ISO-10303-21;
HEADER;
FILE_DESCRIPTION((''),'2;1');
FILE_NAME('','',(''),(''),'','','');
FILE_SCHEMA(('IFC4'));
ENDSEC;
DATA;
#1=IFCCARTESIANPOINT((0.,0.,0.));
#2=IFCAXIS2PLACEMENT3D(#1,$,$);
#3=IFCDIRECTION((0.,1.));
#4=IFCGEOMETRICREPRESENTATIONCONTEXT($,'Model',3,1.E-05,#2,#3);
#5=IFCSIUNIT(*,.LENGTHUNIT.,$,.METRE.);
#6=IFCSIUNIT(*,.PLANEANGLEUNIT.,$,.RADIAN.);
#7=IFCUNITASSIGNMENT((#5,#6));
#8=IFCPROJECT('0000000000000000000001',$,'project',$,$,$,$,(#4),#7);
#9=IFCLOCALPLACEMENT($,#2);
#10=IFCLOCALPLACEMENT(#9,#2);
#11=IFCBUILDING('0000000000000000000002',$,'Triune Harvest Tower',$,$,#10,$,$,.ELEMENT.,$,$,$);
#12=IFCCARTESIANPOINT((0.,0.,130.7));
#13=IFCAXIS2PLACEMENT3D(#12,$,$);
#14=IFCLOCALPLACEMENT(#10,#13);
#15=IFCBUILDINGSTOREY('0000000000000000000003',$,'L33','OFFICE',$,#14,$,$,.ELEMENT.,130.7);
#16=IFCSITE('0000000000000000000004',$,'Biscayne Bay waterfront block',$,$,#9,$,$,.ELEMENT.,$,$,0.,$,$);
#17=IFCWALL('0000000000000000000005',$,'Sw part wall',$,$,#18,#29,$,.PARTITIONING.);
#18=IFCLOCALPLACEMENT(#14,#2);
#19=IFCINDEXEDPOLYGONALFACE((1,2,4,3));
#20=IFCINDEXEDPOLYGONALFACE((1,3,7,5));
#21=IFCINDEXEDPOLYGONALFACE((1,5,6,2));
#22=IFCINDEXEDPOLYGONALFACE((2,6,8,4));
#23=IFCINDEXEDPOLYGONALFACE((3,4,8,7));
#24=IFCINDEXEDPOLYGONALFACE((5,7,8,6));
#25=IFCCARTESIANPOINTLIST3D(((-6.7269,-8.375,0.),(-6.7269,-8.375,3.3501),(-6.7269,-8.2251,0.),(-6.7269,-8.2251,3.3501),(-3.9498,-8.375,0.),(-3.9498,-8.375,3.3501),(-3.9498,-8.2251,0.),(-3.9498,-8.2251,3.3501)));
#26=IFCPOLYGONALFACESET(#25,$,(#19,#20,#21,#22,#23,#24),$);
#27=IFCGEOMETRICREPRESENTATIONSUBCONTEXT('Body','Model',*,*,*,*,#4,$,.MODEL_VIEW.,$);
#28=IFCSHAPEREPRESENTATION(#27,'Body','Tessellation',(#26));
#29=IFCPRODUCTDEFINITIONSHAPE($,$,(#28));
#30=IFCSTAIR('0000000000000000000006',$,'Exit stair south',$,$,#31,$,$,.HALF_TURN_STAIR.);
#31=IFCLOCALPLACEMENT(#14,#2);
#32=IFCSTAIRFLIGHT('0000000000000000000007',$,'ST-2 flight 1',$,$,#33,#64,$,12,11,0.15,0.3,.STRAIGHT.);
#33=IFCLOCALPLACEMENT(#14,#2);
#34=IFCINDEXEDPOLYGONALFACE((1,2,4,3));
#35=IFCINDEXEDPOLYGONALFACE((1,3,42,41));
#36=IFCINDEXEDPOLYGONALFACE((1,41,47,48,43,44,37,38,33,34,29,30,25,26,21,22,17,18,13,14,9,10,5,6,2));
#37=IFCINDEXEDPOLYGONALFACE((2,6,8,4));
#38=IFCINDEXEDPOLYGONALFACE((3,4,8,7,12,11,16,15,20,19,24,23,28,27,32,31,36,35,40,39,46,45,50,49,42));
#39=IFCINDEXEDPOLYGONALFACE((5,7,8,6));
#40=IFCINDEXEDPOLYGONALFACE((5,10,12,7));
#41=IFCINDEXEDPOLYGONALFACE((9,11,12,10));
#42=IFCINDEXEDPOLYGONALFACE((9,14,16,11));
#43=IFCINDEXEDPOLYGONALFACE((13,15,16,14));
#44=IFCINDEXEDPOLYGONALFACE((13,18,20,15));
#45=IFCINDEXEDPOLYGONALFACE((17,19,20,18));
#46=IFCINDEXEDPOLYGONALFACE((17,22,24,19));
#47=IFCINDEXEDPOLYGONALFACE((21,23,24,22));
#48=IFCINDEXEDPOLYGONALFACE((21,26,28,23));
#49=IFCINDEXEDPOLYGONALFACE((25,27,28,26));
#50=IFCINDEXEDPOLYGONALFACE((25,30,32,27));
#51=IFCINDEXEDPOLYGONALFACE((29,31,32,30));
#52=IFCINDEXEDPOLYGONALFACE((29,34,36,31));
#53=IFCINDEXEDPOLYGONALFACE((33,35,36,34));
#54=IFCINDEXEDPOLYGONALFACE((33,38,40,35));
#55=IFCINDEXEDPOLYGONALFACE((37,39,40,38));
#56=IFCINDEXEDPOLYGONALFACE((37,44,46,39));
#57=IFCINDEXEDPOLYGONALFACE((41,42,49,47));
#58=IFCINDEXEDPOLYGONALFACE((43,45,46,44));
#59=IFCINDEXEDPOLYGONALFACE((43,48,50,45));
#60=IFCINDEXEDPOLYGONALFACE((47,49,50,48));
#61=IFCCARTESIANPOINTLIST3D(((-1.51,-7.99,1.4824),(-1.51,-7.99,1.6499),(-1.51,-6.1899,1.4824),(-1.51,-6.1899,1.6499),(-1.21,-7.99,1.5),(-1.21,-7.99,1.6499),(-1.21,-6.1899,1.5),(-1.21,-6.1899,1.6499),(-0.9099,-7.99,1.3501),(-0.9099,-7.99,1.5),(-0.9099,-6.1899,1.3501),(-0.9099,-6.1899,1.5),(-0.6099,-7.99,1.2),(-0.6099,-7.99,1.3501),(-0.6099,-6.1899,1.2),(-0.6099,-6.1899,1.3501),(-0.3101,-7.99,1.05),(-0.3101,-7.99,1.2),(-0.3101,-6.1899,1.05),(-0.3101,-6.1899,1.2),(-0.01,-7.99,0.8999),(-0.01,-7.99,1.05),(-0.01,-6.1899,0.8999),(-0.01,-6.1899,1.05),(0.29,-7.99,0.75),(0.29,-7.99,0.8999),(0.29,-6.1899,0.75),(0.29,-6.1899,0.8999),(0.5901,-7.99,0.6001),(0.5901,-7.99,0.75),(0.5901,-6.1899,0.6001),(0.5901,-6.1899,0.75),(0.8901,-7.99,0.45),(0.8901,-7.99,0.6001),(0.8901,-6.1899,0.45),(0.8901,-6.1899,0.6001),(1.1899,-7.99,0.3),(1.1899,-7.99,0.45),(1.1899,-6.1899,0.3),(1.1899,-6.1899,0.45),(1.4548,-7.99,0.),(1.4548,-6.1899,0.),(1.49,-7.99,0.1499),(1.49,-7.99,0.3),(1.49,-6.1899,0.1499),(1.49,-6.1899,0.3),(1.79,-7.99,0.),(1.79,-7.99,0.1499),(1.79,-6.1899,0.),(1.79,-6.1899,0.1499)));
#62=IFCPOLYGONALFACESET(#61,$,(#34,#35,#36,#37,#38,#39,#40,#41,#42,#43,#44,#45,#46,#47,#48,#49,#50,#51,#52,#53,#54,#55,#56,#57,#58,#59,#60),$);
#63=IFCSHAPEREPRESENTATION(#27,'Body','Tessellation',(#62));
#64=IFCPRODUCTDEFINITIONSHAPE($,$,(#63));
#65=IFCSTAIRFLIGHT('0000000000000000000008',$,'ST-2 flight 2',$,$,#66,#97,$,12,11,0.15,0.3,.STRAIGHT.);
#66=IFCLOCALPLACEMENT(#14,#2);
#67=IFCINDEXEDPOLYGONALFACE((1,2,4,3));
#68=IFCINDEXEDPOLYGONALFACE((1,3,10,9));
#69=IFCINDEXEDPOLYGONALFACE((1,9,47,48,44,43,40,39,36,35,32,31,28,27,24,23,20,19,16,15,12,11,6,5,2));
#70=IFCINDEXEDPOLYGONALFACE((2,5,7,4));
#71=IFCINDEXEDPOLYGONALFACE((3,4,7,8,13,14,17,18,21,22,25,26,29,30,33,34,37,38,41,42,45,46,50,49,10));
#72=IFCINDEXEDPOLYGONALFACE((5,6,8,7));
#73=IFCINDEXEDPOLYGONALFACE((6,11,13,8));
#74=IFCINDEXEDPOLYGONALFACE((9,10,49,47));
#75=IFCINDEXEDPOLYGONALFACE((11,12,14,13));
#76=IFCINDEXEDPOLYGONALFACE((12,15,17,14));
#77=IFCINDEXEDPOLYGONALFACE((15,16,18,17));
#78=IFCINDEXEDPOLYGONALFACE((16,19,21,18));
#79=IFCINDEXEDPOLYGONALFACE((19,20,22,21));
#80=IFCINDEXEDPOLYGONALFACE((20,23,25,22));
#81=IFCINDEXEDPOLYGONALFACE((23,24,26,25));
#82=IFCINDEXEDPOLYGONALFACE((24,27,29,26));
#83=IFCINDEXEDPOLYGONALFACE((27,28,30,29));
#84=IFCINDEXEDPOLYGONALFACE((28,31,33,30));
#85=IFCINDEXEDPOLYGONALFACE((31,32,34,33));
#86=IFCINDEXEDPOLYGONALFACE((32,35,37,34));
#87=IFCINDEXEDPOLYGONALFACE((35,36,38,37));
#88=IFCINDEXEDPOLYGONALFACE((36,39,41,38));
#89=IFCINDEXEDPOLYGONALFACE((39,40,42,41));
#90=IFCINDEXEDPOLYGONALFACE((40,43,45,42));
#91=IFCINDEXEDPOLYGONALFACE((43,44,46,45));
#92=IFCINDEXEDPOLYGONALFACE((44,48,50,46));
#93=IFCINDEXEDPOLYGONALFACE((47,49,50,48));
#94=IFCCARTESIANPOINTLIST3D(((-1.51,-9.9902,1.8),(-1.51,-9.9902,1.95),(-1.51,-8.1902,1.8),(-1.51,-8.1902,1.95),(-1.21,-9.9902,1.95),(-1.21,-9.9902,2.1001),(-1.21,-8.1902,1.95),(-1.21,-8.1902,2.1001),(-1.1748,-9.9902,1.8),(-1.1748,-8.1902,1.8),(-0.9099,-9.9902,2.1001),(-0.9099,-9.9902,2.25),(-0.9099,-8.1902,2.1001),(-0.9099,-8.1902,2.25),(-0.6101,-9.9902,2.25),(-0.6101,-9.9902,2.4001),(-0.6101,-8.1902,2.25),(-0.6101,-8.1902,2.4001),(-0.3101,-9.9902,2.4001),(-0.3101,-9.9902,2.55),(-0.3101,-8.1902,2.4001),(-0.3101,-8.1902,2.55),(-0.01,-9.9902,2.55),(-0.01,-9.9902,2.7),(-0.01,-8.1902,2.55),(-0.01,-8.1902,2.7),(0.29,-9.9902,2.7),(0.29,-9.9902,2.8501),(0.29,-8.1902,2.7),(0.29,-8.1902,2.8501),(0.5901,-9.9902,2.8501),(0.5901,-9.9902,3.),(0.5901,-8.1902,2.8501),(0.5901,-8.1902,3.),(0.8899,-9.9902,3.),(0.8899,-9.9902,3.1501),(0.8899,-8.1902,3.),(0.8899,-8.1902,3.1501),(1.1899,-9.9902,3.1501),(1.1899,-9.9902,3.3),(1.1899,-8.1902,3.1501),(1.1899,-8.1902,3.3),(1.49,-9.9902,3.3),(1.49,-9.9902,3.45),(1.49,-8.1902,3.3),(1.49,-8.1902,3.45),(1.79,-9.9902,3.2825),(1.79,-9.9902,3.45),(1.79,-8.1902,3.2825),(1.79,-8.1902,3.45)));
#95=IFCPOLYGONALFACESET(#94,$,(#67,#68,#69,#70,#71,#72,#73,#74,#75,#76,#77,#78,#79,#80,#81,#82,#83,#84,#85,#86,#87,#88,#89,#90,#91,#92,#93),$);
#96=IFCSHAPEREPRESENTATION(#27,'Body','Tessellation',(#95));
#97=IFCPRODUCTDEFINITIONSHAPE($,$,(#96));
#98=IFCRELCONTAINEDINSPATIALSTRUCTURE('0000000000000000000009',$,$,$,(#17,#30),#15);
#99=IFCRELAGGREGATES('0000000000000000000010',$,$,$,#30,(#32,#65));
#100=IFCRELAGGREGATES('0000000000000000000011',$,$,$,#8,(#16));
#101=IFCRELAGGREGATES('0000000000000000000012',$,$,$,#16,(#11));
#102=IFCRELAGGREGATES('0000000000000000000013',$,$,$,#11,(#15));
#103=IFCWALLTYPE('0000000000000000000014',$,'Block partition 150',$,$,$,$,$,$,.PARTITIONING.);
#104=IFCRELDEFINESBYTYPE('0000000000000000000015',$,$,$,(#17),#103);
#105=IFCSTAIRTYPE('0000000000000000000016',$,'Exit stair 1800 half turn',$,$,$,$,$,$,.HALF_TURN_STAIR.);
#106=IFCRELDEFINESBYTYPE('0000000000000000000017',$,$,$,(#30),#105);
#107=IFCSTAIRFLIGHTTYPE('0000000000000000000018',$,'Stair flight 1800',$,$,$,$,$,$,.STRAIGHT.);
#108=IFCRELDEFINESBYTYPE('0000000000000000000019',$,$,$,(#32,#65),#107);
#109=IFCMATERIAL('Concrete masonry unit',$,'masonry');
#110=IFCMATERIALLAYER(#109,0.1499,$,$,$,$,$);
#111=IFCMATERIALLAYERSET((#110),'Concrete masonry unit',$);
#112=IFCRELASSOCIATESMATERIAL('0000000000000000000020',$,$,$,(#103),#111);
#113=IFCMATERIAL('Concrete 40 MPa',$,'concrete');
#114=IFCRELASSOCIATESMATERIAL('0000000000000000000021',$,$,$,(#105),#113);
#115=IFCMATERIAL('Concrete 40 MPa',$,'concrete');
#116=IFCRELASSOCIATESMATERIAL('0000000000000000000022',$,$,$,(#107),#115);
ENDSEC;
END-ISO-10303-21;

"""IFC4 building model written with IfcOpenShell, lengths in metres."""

from ifc_helpers import new_model, si_unit, direction, frame, frame_2d, origin, place, context, subcontext, project, spatial, polyline, rectangle, outline, extrude, source, transform, mapped, material, layer, layer_set, type_object, element, aggregate, save


model = new_model("IFC4")

# Units and contexts
model_context = context("Model", 3, precision=1e-05, world=origin(), true_north=direction((0.0, 1.0)))
body_context = subcontext(model_context, "Body", "Model", "MODEL_VIEW")
ifc_project = project(units=[si_unit("LENGTHUNIT", "METRE"), si_unit("PLANEANGLEUNIT", "RADIAN")], contexts=[model_context])

# Site, building, storey
site_placement = place(None, origin())
site = spatial("IfcSite", under=ifc_project, at=site_placement, Name="Biscayne Bay waterfront block", CompositionType="ELEMENT", RefElevation=0.0)
building_placement = place(site_placement, origin())
building = spatial("IfcBuilding", under=site, at=building_placement, Name="Triune Harvest Tower", CompositionType="ELEMENT")
storey_placement = place(building_placement, frame((0.0, 0.0, 130.7)))
storey = spatial("IfcBuildingStorey", under=building, at=storey_placement, Name="L33", Description="OFFICE", CompositionType="ELEMENT", Elevation=130.7)

# Wall
ifc_material_1 = material(Name="Concrete masonry unit", Category="masonry")
ifc_layer_1 = layer(ifc_material_1, 0.1499)
ifc_layer_set_1 = layer_set([ifc_layer_1], Name="Concrete masonry unit")
wall_type_1 = type_object("IfcWallType", Name="Block partition 150", PredefinedType="PARTITIONING", material=ifc_layer_set_1)
shared_shape_1 = source(origin(), body_context, "Body", "SweptSolid", [
    extrude(rectangle(XDim=2.7771, YDim=0.1499, at=frame_2d((1.3887, 0.0))), origin(), (0.0, 0.0, 1.0), 3.3501),
])
wall_1_placement = place(storey_placement, frame((-6.7271, -8.3, 0.0), z_axis=(0.0, 0.0, 1.0), x_axis=(1.0, 0.0, 0.0)))
element("IfcWall", 1, at=wall_1_placement, inside=storey, type_object=wall_type_1, Name="Sw part wall", PredefinedType="PARTITIONING", context=body_context, shape_type="MappedRepresentation", body=[
    mapped(shared_shape_1, transform((0.0, 0.0, 0.0), scale=1.0)),
])

# Stair, stair flights
ifc_material_2 = material(Name="Concrete 40 MPa", Category="concrete")
stair_type = type_object("IfcStairType", Name="Exit stair 1800 half turn", PredefinedType="HALF_TURN_STAIR", material=ifc_material_2)
stair_placement = place(storey_placement, origin())
stair = element("IfcStair", 2, at=stair_placement, inside=storey, type_object=stair_type, Name="Exit stair south", PredefinedType="HALF_TURN_STAIR")
ifc_material_3 = material(Name="Concrete 40 MPa", Category="concrete")
stair_flight_type = type_object("IfcStairFlightType", Name="Stair flight 1800", PredefinedType="STRAIGHT", material=ifc_material_3)
shared_shape_2 = source(origin(), body_context, "Body", "SweptSolid", [
    extrude(outline(polyline([(0.0, 0.0), (0.0, 0.1499), (0.3, 0.1499), (0.3, 0.3), (0.6001, 0.3), (0.6001, 0.45), (0.8999, 0.45), (0.8999, 0.6001), (1.2, 0.6001), (1.2, 0.75), (1.5, 0.75), (1.5, 0.8999), (1.8, 0.8999), (1.8, 1.05), (2.1001, 1.05), (2.1001, 1.2), (2.3999, 1.2), (2.3999, 1.3501), (2.7, 1.3501), (2.7, 1.5), (3.0, 1.5), (3.0, 1.6499), (3.3, 1.6499), (3.3, 1.8), (3.3, 1.4824), (0.3352, 0.0), (0.0, 0.0)])), frame((0.0, 0.8999, 0.0), z_axis=(0.0, -1.0, 0.0), x_axis=(1.0, 0.0, 0.0)), (0.0, 0.0, 1.0), 1.8),
])
stair_flight_1_placement = place(storey_placement, frame((1.79, -7.0901, 0.0), z_axis=(0.0, 0.0, 1.0), x_axis=(-1.0, 0.0, 0.0)))
stair_flight_1 = element("IfcStairFlight", 3, at=stair_flight_1_placement, type_object=stair_flight_type, Name="ST-2 flight 1", NumberOfRisers=12, NumberOfTreads=11, PredefinedType="STRAIGHT", RiserHeight=0.15, TreadLength=0.3, context=body_context, shape_type="MappedRepresentation", body=[
    mapped(shared_shape_2, transform((0.0, 0.0, 0.0), scale=1.0)),
])
stair_flight_2_placement = place(storey_placement, frame((-1.51, -9.0901, 1.8), z_axis=(0.0, 0.0, 1.0), x_axis=(1.0, 0.0, 0.0)))
stair_flight_2 = element("IfcStairFlight", 4, at=stair_flight_2_placement, type_object=stair_flight_type, Name="ST-2 flight 2", NumberOfRisers=12, NumberOfTreads=11, PredefinedType="STRAIGHT", RiserHeight=0.15, TreadLength=0.3, context=body_context, shape_type="MappedRepresentation", body=[
    mapped(shared_shape_2, transform((0.0, 0.0, 0.0), scale=1.0)),
])
aggregate(stair, [stair_flight_1, stair_flight_2])

save(model, "model.ifc")
